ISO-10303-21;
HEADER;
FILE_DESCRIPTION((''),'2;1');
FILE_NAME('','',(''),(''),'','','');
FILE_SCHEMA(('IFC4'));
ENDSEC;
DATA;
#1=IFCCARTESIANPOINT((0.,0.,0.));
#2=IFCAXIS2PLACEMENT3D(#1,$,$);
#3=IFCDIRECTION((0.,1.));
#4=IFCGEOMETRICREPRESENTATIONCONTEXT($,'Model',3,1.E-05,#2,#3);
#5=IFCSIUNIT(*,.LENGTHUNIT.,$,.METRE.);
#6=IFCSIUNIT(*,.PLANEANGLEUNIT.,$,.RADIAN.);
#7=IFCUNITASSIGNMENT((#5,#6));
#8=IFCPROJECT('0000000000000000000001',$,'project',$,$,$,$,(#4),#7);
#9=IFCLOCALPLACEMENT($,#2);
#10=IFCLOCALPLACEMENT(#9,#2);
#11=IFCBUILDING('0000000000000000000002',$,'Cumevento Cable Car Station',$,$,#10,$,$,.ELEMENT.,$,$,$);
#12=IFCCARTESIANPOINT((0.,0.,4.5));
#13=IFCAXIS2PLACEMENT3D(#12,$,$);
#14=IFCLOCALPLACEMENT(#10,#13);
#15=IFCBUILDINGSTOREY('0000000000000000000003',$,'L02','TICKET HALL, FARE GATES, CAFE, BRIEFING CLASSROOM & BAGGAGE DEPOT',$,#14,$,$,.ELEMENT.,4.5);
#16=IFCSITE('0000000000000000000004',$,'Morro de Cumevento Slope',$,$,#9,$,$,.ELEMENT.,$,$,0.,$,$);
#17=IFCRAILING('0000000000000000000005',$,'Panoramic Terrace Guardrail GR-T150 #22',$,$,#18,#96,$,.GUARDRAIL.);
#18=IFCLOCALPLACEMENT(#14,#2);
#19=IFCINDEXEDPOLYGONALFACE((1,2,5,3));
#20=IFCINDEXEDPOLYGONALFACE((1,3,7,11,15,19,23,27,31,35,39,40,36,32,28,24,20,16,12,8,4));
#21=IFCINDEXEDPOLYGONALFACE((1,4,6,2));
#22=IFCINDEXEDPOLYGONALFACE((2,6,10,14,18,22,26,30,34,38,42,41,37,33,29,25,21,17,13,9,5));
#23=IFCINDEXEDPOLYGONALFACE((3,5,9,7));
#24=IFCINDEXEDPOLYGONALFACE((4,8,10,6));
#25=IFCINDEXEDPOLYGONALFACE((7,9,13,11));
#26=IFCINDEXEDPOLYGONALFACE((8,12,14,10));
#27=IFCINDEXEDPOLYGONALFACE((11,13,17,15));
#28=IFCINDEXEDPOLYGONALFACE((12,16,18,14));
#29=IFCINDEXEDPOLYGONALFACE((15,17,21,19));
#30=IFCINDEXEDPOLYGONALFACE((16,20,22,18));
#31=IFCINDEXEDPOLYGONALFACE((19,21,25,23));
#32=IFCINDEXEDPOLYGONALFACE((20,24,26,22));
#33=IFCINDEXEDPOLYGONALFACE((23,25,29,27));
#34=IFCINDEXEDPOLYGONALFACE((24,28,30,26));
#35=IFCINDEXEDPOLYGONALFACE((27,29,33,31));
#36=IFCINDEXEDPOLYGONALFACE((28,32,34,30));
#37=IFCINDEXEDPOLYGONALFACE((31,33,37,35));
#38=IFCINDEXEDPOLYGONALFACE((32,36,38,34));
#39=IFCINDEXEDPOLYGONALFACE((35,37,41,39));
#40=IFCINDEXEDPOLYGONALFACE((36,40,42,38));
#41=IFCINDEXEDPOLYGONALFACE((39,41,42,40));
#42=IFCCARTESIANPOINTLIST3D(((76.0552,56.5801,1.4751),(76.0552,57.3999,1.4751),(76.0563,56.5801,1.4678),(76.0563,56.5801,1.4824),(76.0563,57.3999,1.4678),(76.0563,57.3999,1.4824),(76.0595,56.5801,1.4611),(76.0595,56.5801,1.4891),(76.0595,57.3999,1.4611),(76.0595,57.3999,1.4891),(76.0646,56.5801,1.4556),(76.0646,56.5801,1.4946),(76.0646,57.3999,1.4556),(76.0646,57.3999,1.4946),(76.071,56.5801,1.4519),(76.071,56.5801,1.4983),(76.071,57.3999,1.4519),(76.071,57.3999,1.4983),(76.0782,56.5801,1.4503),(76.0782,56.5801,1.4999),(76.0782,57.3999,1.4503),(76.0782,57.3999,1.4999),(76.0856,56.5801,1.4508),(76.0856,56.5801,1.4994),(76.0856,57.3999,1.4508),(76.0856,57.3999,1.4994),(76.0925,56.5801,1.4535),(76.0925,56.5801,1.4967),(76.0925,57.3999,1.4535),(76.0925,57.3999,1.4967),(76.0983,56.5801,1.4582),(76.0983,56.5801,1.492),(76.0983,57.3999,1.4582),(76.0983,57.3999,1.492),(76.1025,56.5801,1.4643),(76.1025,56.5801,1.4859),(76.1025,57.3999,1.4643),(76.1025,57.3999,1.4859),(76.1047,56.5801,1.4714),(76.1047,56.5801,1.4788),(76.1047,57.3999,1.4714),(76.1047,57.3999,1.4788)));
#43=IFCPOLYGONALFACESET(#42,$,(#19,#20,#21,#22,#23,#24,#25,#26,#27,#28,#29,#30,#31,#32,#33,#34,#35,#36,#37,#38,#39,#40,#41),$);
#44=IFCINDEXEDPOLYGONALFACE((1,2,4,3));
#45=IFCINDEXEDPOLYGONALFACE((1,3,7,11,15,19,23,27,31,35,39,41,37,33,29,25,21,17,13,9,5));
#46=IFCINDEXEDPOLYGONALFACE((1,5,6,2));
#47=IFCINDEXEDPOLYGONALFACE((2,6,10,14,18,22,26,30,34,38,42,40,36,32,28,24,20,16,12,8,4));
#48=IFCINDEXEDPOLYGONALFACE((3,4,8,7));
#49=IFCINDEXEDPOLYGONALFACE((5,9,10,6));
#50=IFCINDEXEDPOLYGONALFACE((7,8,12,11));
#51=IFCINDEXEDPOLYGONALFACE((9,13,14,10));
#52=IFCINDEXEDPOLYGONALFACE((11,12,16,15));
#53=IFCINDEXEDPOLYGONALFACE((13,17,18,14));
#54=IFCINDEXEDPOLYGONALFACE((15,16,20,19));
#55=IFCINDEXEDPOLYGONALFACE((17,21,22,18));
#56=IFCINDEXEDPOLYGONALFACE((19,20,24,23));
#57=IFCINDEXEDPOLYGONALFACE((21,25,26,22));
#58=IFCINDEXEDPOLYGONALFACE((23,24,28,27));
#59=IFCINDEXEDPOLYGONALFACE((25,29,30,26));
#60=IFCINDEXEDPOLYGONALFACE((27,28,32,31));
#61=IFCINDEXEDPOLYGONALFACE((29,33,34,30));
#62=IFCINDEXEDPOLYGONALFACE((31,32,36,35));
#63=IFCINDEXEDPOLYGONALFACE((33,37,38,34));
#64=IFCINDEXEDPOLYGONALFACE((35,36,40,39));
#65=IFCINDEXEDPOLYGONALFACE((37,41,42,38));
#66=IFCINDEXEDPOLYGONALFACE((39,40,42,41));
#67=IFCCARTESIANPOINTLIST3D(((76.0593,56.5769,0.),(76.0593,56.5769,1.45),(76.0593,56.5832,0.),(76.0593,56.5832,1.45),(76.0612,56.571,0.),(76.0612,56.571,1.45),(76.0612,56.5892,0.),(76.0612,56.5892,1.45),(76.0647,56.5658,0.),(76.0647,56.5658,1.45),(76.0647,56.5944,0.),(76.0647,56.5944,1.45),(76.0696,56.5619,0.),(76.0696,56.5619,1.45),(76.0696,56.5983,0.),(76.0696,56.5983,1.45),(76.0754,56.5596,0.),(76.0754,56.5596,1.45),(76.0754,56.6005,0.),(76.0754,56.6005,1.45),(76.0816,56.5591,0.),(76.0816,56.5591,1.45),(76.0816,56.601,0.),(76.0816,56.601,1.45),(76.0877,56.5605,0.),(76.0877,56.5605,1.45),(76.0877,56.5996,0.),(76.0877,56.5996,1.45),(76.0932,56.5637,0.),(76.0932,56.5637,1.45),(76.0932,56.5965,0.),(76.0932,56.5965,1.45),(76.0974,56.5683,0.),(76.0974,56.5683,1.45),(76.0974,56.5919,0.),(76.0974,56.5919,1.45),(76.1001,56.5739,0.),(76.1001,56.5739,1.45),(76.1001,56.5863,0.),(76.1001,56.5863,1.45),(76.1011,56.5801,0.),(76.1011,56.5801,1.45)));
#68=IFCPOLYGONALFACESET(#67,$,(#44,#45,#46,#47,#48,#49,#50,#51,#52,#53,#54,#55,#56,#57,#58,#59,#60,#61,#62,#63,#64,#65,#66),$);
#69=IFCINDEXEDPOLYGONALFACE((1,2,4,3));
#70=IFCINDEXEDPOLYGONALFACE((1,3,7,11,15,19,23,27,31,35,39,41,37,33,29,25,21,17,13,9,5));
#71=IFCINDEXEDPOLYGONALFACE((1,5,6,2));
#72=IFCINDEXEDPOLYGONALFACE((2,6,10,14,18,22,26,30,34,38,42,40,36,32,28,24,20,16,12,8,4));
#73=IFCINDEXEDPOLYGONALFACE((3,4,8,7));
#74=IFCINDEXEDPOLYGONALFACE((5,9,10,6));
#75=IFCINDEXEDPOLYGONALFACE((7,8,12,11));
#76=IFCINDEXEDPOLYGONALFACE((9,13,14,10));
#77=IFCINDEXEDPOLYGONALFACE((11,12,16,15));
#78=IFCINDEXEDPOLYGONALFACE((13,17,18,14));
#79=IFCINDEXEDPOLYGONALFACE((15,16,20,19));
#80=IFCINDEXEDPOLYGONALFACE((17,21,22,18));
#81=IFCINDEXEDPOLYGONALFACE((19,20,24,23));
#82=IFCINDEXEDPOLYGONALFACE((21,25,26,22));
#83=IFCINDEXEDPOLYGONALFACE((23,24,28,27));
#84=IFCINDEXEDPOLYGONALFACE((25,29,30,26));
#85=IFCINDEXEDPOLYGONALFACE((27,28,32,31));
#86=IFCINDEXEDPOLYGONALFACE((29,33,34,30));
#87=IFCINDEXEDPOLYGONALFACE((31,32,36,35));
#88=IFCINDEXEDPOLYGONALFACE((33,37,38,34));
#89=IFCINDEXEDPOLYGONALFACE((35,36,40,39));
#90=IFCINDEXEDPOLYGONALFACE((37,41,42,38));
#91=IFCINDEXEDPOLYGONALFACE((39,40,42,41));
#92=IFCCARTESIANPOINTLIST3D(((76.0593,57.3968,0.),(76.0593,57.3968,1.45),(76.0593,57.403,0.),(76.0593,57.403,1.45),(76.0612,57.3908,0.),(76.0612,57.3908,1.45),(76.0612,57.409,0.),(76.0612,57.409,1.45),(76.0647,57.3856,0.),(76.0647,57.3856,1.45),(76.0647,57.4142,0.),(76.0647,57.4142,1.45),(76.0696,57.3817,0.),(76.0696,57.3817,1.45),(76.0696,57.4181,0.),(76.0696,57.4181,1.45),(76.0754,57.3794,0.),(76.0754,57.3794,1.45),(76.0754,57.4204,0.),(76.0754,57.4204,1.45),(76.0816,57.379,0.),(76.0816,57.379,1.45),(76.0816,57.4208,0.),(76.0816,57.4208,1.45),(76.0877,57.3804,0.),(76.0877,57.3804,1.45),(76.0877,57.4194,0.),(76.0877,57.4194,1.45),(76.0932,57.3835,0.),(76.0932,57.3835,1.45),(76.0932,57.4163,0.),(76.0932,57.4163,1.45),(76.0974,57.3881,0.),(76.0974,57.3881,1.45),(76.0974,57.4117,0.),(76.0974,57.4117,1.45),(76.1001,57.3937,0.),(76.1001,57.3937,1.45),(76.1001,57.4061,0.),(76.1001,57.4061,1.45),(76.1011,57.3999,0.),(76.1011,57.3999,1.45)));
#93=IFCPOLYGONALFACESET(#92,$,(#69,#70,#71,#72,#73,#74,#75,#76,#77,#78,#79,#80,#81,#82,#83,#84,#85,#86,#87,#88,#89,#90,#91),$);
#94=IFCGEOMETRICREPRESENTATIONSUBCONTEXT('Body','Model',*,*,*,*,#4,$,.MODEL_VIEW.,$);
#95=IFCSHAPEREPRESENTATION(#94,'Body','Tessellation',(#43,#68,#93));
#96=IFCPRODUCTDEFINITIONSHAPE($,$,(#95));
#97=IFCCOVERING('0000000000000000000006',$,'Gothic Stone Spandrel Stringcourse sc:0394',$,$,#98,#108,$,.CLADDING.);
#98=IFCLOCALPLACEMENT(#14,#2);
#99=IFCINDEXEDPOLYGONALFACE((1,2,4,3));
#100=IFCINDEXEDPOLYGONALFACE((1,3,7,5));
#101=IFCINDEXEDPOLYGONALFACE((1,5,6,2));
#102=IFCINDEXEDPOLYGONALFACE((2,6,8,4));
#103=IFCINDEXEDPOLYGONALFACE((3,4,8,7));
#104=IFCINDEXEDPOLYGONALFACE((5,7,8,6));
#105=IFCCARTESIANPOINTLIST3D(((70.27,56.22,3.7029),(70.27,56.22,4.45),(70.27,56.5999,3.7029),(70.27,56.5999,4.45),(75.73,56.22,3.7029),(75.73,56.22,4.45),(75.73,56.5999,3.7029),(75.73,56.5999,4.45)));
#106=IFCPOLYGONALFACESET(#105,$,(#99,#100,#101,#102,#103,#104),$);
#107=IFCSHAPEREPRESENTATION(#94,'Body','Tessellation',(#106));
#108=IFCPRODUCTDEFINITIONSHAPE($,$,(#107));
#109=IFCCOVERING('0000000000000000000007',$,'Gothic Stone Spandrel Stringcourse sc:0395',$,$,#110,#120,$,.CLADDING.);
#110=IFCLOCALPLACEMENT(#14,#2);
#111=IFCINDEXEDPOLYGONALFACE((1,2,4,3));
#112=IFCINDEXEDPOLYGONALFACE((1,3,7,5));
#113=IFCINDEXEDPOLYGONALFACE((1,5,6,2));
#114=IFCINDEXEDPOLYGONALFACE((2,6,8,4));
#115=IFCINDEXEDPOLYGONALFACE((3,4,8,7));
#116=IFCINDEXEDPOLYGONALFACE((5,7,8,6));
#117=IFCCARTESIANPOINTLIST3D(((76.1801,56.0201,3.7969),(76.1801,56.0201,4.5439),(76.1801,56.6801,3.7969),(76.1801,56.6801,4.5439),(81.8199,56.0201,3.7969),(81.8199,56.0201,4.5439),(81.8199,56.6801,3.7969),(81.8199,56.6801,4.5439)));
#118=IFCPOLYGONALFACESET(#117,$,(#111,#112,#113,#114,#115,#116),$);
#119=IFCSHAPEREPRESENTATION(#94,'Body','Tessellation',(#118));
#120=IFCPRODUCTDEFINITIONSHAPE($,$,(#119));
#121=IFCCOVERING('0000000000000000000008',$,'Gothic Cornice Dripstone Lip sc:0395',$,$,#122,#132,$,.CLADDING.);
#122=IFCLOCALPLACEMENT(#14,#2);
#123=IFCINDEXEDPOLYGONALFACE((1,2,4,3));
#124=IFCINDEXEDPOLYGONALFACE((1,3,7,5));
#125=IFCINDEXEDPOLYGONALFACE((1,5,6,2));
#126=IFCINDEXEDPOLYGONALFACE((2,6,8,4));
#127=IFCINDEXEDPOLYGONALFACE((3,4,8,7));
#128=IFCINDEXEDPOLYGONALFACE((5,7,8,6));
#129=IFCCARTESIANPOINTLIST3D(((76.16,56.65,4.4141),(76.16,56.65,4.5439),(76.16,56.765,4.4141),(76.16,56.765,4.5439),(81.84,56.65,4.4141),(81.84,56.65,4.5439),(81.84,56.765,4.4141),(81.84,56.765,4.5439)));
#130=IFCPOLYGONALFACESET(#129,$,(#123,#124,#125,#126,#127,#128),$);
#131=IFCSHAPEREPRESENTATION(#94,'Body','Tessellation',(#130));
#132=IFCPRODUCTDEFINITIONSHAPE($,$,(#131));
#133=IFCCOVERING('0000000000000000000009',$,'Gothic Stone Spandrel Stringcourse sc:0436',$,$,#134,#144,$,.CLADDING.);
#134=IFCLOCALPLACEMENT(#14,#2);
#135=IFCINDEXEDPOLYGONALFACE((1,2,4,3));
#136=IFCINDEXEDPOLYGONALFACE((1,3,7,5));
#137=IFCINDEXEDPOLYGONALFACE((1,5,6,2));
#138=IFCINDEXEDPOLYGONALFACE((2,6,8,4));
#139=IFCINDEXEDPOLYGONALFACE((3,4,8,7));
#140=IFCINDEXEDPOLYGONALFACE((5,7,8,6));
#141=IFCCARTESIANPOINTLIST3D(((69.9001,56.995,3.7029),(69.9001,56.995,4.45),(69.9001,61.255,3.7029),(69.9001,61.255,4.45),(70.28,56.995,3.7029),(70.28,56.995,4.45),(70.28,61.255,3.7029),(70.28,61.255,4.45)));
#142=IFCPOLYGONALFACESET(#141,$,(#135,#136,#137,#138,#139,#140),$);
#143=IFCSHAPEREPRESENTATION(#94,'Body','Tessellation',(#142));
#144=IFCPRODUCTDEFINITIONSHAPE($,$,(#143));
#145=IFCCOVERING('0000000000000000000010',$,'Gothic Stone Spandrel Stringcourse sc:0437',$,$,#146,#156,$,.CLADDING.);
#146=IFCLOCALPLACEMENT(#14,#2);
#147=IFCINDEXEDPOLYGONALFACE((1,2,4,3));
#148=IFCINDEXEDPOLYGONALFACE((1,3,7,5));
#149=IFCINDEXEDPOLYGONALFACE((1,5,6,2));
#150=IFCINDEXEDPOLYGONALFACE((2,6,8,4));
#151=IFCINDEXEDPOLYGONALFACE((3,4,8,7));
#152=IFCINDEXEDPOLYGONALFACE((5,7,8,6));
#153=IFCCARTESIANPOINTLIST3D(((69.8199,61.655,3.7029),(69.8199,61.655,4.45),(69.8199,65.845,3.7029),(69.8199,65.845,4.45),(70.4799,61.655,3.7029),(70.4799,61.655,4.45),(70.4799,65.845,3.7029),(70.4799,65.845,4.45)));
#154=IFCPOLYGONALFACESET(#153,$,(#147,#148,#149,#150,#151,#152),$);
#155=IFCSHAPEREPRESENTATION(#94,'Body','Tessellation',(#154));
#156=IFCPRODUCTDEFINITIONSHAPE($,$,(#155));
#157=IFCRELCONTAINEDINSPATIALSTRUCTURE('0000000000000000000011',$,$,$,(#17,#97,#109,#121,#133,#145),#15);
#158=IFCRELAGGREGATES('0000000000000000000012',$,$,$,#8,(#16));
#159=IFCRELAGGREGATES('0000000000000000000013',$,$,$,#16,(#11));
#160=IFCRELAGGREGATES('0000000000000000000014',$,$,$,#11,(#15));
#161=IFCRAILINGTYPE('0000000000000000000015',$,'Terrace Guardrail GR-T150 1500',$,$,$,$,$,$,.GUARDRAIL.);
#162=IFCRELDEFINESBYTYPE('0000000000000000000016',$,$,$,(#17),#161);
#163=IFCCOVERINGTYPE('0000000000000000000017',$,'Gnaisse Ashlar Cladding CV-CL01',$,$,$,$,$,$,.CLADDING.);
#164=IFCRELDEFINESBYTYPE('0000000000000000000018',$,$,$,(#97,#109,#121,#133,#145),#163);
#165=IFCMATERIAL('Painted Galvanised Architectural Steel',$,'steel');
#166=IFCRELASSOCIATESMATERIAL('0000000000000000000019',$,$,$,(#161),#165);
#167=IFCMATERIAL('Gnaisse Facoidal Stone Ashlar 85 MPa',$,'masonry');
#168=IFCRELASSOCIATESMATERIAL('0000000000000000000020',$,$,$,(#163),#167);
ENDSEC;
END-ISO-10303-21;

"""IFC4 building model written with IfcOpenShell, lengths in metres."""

from ifc_helpers import new_model, si_unit, direction, frame, origin, origin_2d, place, context, subcontext, project, spatial, rectangle, circle, extrude, material, type_object, element, save


model = new_model("IFC4")

# Units and contexts
model_context = context("Model", 3, precision=1e-05, world=origin(), true_north=direction((0.0, 1.0)))
body_context = subcontext(model_context, "Body", "Model", "MODEL_VIEW")
ifc_project = project(units=[si_unit("LENGTHUNIT", "METRE"), si_unit("PLANEANGLEUNIT", "RADIAN")], contexts=[model_context])

# Site, building, storey
site_placement = place(None, origin())
site = spatial("IfcSite", under=ifc_project, at=site_placement, Name="Morro de Cumevento Slope", CompositionType="ELEMENT", RefElevation=0.0)
building_placement = place(site_placement, origin())
building = spatial("IfcBuilding", under=site, at=building_placement, Name="Cumevento Cable Car Station", CompositionType="ELEMENT")
storey_placement = place(building_placement, frame((0.0, 0.0, 4.5)))
storey = spatial("IfcBuildingStorey", under=building, at=storey_placement, Name="L02", Description="TICKET HALL, FARE GATES, CAFE, BRIEFING CLASSROOM & BAGGAGE DEPOT", CompositionType="ELEMENT", Elevation=4.5)

# Railing
ifc_material_1 = material(Name="Painted Galvanised Architectural Steel", Category="steel")
railing_type = type_object("IfcRailingType", Name="Terrace Guardrail GR-T150 1500", PredefinedType="GUARDRAIL", material=ifc_material_1)
railing_1_placement = place(storey_placement, frame((76.0801, 56.5801, 0.0)))
element("IfcRailing", 1, at=railing_1_placement, inside=storey, type_object=railing_type, Name="Panoramic Terrace Guardrail GR-T150 #22", PredefinedType="GUARDRAIL", context=body_context, shape_type="SweptSolid", body=[
    extrude(circle(Radius=0.0249, at=origin_2d()), frame((0.0, 0.0, 1.4751), z_axis=(0.0, 1.0, 0.0), x_axis=(-1.0, 0.0, 0.0)), (0.0, 0.0, 1.0), 0.8198),
    extrude(circle(Radius=0.021, at=origin_2d()), origin(), (0.0, 0.0, 1.0), 1.45),
    extrude(circle(Radius=0.021, at=origin_2d()), frame((0.0, 0.8198, 0.0)), (0.0, 0.0, 1.0), 1.45),
])

# Coverings
ifc_material_2 = material(Name="Gnaisse Facoidal Stone Ashlar 85 MPa", Category="masonry")
covering_type = type_object("IfcCoveringType", Name="Gnaisse Ashlar Cladding CV-CL01", PredefinedType="CLADDING", material=ifc_material_2)
covering_1_placement = place(storey_placement, frame((73.0, 56.4099, 3.7029), z_axis=(0.0, 0.0, 1.0), x_axis=(1.0, 0.0, 0.0)))
element("IfcCovering", 2, at=covering_1_placement, inside=storey, type_object=covering_type, Name="Gothic Stone Spandrel Stringcourse sc:0394", PredefinedType="CLADDING", context=body_context, shape_type="SweptSolid", body=[
    extrude(rectangle(XDim=5.46, YDim=0.3799, at=origin_2d()), origin(), (0.0, 0.0, 1.0), 0.7471),
])
covering_2_placement = place(storey_placement, frame((79.0, 56.3501, 3.7969), z_axis=(0.0, 0.0, 1.0), x_axis=(1.0, 0.0, 0.0)))
element("IfcCovering", 3, at=covering_2_placement, inside=storey, type_object=covering_type, Name="Gothic Stone Spandrel Stringcourse sc:0395", PredefinedType="CLADDING", context=body_context, shape_type="SweptSolid", body=[
    extrude(rectangle(XDim=5.6399, YDim=0.6599, at=origin_2d()), origin(), (0.0, 0.0, 1.0), 0.7471),
])
covering_3_placement = place(storey_placement, frame((79.0, 56.7075, 4.4141), z_axis=(0.0, 0.0, 1.0), x_axis=(1.0, 0.0, 0.0)))
element("IfcCovering", 4, at=covering_3_placement, inside=storey, type_object=covering_type, Name="Gothic Cornice Dripstone Lip sc:0395", PredefinedType="CLADDING", context=body_context, shape_type="SweptSolid", body=[
    extrude(rectangle(XDim=5.6799, YDim=0.115, at=origin_2d()), origin(), (0.0, 0.0, 1.0), 0.1299),
])
covering_4_placement = place(storey_placement, frame((70.0901, 59.125, 3.7029), z_axis=(0.0, 0.0, 1.0), x_axis=(0.0, 1.0, 0.0)))
element("IfcCovering", 5, at=covering_4_placement, inside=storey, type_object=covering_type, Name="Gothic Stone Spandrel Stringcourse sc:0436", PredefinedType="CLADDING", context=body_context, shape_type="SweptSolid", body=[
    extrude(rectangle(XDim=4.26, YDim=0.3799, at=origin_2d()), origin(), (0.0, 0.0, 1.0), 0.7471),
])
covering_5_placement = place(storey_placement, frame((70.1499, 63.75, 3.7029), z_axis=(0.0, 0.0, 1.0), x_axis=(0.0, 1.0, 0.0)))
element("IfcCovering", 6, at=covering_5_placement, inside=storey, type_object=covering_type, Name="Gothic Stone Spandrel Stringcourse sc:0437", PredefinedType="CLADDING", context=body_context, shape_type="SweptSolid", body=[
    extrude(rectangle(XDim=4.1899, YDim=0.6599, at=origin_2d()), origin(), (0.0, 0.0, 1.0), 0.7471),
])

save(model, "model.ifc")
